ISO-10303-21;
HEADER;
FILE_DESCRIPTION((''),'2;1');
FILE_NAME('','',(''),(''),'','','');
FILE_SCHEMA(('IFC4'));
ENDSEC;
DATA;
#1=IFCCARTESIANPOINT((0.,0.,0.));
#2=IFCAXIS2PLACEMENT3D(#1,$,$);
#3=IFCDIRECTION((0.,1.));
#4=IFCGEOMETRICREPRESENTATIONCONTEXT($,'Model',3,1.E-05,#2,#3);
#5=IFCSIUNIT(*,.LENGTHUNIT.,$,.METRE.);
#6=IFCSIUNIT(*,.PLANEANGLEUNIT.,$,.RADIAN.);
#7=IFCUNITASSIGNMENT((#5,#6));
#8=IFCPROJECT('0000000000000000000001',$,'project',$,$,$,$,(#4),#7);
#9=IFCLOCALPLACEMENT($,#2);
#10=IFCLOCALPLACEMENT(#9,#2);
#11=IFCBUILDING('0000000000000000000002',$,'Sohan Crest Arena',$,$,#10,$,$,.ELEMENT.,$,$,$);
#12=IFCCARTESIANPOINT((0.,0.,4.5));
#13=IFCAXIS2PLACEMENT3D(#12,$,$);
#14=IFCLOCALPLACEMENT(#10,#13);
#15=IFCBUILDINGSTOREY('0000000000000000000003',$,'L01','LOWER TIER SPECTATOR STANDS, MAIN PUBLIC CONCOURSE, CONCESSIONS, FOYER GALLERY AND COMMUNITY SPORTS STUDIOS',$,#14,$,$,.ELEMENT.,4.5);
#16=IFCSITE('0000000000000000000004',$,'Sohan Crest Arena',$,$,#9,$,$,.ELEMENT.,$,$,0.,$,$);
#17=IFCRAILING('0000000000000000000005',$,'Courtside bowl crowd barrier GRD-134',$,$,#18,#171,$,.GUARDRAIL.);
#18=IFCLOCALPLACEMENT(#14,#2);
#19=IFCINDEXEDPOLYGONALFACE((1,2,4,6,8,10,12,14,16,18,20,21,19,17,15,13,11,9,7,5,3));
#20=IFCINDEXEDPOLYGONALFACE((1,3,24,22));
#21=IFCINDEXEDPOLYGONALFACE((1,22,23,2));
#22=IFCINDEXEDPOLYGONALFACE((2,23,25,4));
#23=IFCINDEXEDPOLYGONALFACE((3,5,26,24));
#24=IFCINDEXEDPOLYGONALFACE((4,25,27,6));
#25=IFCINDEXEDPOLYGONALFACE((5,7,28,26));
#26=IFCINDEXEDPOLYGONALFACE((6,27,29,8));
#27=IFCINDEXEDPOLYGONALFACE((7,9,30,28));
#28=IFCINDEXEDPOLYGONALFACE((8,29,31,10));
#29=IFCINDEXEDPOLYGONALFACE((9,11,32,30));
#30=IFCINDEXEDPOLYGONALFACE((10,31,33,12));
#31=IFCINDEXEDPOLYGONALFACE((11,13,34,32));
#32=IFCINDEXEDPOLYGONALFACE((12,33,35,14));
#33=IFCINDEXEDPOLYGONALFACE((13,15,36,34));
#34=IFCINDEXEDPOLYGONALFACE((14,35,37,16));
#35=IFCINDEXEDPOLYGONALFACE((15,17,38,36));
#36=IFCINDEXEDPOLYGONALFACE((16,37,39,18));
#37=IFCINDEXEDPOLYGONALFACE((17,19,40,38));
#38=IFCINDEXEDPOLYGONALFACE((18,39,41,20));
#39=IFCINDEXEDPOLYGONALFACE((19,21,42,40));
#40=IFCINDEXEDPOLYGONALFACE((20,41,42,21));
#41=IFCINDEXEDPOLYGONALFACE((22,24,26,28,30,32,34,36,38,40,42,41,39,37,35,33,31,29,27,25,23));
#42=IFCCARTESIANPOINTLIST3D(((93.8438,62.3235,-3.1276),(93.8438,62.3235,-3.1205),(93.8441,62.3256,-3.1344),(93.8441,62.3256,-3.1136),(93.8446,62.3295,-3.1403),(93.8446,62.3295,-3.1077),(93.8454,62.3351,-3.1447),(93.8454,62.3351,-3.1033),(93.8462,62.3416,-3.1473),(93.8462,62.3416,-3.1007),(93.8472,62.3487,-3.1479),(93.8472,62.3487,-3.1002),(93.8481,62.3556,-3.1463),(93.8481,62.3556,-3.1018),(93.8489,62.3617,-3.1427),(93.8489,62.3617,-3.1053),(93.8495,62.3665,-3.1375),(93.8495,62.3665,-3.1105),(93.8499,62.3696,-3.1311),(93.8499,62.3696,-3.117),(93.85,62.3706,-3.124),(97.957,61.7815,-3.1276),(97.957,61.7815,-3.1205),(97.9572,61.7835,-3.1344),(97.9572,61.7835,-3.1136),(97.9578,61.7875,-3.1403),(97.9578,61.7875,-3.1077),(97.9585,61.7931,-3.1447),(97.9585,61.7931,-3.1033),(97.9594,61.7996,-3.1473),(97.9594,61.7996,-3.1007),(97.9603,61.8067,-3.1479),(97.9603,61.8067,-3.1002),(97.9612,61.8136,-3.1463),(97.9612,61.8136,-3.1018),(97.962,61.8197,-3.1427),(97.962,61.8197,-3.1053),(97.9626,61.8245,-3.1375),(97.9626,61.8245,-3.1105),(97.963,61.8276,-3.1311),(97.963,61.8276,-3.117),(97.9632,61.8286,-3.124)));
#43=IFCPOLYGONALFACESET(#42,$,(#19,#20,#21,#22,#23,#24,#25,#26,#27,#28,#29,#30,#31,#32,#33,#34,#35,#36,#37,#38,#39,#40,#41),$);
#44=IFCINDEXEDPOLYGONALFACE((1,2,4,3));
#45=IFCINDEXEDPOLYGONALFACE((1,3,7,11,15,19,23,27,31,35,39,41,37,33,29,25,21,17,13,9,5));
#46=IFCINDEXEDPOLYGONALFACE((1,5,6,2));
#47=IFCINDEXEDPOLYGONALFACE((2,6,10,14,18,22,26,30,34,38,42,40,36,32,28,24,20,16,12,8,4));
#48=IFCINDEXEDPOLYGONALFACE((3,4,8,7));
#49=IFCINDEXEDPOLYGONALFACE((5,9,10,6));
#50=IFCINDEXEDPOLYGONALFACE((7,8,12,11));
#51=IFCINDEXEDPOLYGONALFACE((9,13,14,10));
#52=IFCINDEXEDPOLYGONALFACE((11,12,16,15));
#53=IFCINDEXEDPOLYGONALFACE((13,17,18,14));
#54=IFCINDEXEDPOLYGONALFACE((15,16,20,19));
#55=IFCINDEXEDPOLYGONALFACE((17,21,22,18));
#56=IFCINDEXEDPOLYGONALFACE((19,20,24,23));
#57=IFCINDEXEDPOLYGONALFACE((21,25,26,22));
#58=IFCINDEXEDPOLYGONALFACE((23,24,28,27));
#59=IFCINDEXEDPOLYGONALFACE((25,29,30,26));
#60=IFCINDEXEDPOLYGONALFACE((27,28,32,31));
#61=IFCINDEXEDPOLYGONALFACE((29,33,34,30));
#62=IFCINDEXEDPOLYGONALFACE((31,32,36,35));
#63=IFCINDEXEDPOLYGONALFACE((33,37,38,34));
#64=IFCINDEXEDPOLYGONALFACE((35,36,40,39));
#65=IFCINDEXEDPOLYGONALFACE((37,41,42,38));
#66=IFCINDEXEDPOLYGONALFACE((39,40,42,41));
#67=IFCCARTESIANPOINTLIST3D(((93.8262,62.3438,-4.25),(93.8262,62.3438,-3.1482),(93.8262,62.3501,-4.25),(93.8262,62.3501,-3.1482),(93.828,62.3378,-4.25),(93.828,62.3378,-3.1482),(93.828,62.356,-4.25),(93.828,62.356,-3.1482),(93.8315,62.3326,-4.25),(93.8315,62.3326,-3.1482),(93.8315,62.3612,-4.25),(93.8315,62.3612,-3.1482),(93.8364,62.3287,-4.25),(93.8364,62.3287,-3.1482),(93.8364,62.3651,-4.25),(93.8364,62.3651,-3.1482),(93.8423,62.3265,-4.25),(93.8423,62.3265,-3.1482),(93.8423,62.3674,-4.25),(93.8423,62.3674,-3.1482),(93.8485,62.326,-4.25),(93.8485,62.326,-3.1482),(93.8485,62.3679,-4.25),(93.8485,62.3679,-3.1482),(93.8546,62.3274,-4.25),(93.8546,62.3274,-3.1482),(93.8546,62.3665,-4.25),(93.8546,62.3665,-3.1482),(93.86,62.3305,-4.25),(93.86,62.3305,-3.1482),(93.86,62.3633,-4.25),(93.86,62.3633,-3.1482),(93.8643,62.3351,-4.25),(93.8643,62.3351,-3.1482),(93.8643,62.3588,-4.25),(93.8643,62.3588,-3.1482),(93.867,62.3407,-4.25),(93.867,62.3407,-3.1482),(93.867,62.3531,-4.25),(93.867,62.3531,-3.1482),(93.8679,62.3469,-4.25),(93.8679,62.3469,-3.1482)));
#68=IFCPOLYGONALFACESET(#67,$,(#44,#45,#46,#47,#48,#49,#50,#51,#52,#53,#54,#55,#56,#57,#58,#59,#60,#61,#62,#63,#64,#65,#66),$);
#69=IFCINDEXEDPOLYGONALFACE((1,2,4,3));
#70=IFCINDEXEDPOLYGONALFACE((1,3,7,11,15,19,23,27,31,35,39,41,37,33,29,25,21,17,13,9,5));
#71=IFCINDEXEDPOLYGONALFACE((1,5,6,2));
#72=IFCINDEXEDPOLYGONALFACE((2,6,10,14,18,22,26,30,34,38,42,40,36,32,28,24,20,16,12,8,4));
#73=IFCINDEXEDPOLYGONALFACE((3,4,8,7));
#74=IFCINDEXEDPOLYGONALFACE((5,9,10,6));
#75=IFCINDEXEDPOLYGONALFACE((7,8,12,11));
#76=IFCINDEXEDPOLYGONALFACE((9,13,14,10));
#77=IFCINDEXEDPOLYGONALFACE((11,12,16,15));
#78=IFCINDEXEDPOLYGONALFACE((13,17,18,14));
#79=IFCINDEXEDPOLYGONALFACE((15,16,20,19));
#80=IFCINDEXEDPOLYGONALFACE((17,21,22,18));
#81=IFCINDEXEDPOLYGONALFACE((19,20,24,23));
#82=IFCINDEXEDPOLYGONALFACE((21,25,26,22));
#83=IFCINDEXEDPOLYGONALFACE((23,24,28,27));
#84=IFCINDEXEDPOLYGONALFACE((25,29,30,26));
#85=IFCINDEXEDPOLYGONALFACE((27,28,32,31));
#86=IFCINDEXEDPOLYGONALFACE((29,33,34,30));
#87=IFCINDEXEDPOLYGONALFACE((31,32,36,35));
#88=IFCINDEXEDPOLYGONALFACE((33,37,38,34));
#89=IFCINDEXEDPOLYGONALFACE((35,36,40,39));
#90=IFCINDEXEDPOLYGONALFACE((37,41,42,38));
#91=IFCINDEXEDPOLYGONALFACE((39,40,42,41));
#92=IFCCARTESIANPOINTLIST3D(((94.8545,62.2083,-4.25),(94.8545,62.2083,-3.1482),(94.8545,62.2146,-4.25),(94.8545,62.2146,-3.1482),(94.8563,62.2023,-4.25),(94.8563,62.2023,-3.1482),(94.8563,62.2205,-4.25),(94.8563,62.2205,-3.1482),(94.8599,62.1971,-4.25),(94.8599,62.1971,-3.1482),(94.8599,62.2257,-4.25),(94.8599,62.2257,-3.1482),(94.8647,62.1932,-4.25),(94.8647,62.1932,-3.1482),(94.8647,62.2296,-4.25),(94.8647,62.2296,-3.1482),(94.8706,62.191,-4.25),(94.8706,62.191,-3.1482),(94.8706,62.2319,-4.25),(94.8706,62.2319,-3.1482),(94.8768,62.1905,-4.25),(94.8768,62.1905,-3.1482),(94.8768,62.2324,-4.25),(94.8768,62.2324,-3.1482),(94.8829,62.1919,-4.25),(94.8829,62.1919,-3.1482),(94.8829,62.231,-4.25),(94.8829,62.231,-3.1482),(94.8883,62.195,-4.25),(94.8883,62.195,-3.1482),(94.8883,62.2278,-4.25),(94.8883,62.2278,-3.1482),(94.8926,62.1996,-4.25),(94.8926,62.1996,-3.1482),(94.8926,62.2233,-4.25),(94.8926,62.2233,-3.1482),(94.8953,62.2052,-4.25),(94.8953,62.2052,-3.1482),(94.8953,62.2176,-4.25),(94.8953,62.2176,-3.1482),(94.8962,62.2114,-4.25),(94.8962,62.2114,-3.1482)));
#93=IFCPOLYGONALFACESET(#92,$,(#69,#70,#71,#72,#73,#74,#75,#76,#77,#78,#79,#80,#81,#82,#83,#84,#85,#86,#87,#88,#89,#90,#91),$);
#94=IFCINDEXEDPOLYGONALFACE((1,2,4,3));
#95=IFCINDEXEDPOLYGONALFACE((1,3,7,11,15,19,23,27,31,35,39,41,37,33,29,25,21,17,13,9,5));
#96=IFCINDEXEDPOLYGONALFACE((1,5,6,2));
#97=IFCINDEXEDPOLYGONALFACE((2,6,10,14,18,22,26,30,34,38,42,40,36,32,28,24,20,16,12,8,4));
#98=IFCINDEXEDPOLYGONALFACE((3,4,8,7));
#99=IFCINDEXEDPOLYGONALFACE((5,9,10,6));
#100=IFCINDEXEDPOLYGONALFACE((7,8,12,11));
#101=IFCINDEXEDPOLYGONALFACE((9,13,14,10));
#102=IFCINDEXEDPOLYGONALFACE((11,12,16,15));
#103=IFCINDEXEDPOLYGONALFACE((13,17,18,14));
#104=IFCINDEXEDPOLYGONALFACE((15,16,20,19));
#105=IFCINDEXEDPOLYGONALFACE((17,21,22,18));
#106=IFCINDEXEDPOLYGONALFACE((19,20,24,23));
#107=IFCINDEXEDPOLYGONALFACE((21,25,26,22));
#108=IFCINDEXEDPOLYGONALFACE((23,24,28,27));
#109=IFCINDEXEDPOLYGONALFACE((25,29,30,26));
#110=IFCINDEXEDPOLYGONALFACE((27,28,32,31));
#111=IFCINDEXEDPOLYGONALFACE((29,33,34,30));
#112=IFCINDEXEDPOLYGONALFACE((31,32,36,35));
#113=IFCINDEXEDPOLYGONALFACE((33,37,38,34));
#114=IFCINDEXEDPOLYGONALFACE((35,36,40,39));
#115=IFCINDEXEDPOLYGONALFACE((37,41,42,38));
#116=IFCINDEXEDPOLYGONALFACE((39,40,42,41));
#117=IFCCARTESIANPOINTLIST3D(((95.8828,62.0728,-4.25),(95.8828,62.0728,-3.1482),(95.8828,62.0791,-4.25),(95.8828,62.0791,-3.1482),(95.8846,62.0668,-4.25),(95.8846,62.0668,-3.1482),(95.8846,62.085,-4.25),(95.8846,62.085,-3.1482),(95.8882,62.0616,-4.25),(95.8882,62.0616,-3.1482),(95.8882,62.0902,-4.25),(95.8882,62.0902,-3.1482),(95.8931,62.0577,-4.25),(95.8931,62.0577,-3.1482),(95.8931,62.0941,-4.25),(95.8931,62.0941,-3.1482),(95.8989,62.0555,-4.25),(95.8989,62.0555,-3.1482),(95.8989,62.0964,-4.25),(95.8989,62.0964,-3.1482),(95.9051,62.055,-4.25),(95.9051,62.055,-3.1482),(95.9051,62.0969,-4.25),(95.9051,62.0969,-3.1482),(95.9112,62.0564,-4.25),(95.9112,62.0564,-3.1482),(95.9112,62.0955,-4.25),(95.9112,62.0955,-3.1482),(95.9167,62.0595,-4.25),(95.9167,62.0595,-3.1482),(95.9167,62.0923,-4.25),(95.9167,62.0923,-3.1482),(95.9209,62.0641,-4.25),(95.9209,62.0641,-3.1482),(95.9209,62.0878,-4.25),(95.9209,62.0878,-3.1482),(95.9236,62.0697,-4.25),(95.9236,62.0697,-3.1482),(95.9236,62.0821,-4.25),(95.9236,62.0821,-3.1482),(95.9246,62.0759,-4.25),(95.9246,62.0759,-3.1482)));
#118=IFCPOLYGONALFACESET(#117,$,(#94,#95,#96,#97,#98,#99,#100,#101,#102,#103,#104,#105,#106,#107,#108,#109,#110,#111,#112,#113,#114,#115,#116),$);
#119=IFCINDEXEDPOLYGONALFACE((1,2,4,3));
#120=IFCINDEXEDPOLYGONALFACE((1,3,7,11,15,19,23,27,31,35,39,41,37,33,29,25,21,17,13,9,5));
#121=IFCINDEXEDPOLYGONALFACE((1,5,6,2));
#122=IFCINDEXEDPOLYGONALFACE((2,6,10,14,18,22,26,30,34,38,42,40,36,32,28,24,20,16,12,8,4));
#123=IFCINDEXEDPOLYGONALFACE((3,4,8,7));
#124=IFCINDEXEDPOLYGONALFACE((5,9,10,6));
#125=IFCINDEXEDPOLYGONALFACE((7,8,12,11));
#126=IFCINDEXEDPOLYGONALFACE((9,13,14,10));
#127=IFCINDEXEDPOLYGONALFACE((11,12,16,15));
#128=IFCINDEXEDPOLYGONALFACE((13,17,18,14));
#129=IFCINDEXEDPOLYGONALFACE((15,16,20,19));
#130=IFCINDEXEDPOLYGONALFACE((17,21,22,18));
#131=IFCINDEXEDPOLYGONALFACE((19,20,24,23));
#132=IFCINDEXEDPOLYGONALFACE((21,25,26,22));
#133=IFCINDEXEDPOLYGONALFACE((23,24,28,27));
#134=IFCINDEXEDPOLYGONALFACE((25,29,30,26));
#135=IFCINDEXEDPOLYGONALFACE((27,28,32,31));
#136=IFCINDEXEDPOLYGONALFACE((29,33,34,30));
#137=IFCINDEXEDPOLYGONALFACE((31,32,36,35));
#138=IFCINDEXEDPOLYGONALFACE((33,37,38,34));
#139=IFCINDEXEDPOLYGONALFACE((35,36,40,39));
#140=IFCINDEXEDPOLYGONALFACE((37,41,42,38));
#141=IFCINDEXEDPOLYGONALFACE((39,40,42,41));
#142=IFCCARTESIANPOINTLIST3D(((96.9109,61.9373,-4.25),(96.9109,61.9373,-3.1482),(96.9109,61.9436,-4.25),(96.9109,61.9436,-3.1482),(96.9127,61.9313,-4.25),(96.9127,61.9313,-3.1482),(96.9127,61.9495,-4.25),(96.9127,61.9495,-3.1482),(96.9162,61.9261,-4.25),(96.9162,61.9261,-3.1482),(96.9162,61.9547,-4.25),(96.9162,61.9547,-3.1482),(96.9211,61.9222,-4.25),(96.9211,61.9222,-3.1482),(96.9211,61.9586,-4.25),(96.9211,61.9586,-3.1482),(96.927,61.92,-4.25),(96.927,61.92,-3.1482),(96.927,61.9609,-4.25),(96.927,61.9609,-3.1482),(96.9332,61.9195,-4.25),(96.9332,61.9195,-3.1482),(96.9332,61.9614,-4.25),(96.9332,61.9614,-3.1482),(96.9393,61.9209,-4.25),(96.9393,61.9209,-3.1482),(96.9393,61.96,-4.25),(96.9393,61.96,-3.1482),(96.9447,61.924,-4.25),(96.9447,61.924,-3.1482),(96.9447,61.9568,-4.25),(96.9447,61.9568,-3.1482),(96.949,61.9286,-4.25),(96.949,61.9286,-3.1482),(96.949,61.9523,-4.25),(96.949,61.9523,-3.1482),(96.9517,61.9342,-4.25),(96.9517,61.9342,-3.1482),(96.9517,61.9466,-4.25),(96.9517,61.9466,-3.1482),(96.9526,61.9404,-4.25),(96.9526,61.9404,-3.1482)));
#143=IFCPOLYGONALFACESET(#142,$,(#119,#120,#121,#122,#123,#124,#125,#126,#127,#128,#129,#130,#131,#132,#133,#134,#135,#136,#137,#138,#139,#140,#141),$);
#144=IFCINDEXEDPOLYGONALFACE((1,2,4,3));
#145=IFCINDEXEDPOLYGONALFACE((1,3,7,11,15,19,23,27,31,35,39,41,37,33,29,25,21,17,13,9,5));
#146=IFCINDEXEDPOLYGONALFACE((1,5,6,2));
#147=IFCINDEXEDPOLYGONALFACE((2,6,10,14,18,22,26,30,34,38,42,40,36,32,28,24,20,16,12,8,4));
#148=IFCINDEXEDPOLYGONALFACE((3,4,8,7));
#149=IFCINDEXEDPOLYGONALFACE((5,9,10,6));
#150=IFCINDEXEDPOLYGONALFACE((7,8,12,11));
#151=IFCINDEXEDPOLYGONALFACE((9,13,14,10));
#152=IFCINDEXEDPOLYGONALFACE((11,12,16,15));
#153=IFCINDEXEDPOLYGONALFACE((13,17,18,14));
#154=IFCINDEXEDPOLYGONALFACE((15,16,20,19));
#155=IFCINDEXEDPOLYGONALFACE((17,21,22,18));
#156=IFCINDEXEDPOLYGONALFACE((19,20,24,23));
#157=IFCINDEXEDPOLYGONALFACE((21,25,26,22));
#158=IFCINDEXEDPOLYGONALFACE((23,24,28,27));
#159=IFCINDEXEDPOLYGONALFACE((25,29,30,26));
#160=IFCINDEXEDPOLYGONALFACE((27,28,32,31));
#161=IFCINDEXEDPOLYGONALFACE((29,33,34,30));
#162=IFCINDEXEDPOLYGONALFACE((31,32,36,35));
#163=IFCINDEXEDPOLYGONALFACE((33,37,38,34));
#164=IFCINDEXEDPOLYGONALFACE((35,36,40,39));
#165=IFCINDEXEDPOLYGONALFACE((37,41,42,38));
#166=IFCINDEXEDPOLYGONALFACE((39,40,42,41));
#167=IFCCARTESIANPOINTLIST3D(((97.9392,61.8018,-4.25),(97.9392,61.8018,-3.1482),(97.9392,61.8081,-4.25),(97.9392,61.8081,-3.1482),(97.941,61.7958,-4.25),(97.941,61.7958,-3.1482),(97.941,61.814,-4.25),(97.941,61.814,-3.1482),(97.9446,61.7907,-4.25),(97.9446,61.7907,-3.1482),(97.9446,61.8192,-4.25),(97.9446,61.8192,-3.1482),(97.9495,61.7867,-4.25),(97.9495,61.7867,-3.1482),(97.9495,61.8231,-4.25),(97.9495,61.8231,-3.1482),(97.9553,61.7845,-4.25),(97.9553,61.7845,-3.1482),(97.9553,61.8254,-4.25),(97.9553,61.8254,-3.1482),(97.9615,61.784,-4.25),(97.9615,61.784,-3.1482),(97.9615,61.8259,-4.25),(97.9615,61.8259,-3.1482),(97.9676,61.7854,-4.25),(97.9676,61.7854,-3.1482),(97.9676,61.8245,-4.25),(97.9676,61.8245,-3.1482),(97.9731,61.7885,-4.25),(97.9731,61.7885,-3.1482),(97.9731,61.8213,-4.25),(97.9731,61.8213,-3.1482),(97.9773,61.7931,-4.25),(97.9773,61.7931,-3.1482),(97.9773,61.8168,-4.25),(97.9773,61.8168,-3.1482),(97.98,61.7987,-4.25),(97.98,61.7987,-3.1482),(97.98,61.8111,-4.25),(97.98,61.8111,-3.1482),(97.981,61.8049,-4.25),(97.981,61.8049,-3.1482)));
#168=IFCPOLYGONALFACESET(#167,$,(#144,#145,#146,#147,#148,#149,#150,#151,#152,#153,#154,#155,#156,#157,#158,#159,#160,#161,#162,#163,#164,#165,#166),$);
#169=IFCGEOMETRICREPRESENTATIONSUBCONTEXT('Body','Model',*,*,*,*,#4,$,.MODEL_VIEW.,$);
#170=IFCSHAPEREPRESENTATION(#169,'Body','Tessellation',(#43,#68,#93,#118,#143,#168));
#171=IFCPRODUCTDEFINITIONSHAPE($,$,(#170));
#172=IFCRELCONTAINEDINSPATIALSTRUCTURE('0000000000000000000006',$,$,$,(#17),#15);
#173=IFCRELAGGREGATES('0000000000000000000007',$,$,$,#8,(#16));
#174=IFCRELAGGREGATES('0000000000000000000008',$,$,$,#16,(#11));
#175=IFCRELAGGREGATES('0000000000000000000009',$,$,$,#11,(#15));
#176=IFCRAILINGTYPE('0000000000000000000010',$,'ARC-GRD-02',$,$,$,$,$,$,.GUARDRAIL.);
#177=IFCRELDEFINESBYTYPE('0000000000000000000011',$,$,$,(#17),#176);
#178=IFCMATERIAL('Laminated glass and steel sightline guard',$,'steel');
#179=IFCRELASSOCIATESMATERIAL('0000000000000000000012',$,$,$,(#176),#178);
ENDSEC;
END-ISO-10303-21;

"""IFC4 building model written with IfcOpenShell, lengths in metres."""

from ifc_helpers import new_model, si_unit, direction, frame, origin, origin_2d, place, context, subcontext, project, spatial, circle, extrude, material, type_object, element, save


model = new_model("IFC4")

# Units and contexts
model_context = context("Model", 3, precision=1e-05, world=origin(), true_north=direction((0.0, 1.0)))
body_context = subcontext(model_context, "Body", "Model", "MODEL_VIEW")
ifc_project = project(units=[si_unit("LENGTHUNIT", "METRE"), si_unit("PLANEANGLEUNIT", "RADIAN")], contexts=[model_context])

# Site, building, storey
site_placement = place(None, origin())
site = spatial("IfcSite", under=ifc_project, at=site_placement, Name="Sohan Crest Arena", CompositionType="ELEMENT", RefElevation=0.0)
building_placement = place(site_placement, origin())
building = spatial("IfcBuilding", under=site, at=building_placement, Name="Sohan Crest Arena", CompositionType="ELEMENT")
storey_placement = place(building_placement, frame((0.0, 0.0, 4.5)))
storey = spatial("IfcBuildingStorey", under=building, at=storey_placement, Name="L01", Description="LOWER TIER SPECTATOR STANDS, MAIN PUBLIC CONCOURSE, CONCESSIONS, FOYER GALLERY AND COMMUNITY SPORTS STUDIOS", CompositionType="ELEMENT", Elevation=4.5)

# Railing
ifc_material_1 = material(Name="Laminated glass and steel sightline guard", Category="steel")
railing_type = type_object("IfcRailingType", Name="ARC-GRD-02", PredefinedType="GUARDRAIL", material=ifc_material_1)
railing_1_placement = place(storey_placement, frame((93.8469, 62.3469, -4.25)))
element("IfcRailing", 1, at=railing_1_placement, inside=storey, type_object=railing_type, Name="Courtside bowl crowd barrier GRD-134", PredefinedType="GUARDRAIL", context=body_context, shape_type="SweptSolid", body=[
    extrude(circle(Radius=0.0239, at=origin_2d()), frame((0.0, 0.0, 1.126), z_axis=(0.991429, -0.130645, 0.0), x_axis=(0.130645, 0.991429, 0.0)), (0.0, 0.0, 1.0), 4.1487),
    extrude(circle(Radius=0.021, at=origin_2d()), origin(), (0.0, 0.0, 1.0), 1.1018),
    extrude(circle(Radius=0.021, at=origin_2d()), frame((1.0283, -0.1355, 0.0)), (0.0, 0.0, 1.0), 1.1018),
    extrude(circle(Radius=0.021, at=origin_2d()), frame((2.0566, -0.271, 0.0)), (0.0, 0.0, 1.0), 1.1018),
    extrude(circle(Radius=0.021, at=origin_2d()), frame((3.0847, -0.4065, 0.0)), (0.0, 0.0, 1.0), 1.1018),
    extrude(circle(Radius=0.021, at=origin_2d()), frame((4.113, -0.542, 0.0)), (0.0, 0.0, 1.0), 1.1018),
])

save(model, "model.ifc")
